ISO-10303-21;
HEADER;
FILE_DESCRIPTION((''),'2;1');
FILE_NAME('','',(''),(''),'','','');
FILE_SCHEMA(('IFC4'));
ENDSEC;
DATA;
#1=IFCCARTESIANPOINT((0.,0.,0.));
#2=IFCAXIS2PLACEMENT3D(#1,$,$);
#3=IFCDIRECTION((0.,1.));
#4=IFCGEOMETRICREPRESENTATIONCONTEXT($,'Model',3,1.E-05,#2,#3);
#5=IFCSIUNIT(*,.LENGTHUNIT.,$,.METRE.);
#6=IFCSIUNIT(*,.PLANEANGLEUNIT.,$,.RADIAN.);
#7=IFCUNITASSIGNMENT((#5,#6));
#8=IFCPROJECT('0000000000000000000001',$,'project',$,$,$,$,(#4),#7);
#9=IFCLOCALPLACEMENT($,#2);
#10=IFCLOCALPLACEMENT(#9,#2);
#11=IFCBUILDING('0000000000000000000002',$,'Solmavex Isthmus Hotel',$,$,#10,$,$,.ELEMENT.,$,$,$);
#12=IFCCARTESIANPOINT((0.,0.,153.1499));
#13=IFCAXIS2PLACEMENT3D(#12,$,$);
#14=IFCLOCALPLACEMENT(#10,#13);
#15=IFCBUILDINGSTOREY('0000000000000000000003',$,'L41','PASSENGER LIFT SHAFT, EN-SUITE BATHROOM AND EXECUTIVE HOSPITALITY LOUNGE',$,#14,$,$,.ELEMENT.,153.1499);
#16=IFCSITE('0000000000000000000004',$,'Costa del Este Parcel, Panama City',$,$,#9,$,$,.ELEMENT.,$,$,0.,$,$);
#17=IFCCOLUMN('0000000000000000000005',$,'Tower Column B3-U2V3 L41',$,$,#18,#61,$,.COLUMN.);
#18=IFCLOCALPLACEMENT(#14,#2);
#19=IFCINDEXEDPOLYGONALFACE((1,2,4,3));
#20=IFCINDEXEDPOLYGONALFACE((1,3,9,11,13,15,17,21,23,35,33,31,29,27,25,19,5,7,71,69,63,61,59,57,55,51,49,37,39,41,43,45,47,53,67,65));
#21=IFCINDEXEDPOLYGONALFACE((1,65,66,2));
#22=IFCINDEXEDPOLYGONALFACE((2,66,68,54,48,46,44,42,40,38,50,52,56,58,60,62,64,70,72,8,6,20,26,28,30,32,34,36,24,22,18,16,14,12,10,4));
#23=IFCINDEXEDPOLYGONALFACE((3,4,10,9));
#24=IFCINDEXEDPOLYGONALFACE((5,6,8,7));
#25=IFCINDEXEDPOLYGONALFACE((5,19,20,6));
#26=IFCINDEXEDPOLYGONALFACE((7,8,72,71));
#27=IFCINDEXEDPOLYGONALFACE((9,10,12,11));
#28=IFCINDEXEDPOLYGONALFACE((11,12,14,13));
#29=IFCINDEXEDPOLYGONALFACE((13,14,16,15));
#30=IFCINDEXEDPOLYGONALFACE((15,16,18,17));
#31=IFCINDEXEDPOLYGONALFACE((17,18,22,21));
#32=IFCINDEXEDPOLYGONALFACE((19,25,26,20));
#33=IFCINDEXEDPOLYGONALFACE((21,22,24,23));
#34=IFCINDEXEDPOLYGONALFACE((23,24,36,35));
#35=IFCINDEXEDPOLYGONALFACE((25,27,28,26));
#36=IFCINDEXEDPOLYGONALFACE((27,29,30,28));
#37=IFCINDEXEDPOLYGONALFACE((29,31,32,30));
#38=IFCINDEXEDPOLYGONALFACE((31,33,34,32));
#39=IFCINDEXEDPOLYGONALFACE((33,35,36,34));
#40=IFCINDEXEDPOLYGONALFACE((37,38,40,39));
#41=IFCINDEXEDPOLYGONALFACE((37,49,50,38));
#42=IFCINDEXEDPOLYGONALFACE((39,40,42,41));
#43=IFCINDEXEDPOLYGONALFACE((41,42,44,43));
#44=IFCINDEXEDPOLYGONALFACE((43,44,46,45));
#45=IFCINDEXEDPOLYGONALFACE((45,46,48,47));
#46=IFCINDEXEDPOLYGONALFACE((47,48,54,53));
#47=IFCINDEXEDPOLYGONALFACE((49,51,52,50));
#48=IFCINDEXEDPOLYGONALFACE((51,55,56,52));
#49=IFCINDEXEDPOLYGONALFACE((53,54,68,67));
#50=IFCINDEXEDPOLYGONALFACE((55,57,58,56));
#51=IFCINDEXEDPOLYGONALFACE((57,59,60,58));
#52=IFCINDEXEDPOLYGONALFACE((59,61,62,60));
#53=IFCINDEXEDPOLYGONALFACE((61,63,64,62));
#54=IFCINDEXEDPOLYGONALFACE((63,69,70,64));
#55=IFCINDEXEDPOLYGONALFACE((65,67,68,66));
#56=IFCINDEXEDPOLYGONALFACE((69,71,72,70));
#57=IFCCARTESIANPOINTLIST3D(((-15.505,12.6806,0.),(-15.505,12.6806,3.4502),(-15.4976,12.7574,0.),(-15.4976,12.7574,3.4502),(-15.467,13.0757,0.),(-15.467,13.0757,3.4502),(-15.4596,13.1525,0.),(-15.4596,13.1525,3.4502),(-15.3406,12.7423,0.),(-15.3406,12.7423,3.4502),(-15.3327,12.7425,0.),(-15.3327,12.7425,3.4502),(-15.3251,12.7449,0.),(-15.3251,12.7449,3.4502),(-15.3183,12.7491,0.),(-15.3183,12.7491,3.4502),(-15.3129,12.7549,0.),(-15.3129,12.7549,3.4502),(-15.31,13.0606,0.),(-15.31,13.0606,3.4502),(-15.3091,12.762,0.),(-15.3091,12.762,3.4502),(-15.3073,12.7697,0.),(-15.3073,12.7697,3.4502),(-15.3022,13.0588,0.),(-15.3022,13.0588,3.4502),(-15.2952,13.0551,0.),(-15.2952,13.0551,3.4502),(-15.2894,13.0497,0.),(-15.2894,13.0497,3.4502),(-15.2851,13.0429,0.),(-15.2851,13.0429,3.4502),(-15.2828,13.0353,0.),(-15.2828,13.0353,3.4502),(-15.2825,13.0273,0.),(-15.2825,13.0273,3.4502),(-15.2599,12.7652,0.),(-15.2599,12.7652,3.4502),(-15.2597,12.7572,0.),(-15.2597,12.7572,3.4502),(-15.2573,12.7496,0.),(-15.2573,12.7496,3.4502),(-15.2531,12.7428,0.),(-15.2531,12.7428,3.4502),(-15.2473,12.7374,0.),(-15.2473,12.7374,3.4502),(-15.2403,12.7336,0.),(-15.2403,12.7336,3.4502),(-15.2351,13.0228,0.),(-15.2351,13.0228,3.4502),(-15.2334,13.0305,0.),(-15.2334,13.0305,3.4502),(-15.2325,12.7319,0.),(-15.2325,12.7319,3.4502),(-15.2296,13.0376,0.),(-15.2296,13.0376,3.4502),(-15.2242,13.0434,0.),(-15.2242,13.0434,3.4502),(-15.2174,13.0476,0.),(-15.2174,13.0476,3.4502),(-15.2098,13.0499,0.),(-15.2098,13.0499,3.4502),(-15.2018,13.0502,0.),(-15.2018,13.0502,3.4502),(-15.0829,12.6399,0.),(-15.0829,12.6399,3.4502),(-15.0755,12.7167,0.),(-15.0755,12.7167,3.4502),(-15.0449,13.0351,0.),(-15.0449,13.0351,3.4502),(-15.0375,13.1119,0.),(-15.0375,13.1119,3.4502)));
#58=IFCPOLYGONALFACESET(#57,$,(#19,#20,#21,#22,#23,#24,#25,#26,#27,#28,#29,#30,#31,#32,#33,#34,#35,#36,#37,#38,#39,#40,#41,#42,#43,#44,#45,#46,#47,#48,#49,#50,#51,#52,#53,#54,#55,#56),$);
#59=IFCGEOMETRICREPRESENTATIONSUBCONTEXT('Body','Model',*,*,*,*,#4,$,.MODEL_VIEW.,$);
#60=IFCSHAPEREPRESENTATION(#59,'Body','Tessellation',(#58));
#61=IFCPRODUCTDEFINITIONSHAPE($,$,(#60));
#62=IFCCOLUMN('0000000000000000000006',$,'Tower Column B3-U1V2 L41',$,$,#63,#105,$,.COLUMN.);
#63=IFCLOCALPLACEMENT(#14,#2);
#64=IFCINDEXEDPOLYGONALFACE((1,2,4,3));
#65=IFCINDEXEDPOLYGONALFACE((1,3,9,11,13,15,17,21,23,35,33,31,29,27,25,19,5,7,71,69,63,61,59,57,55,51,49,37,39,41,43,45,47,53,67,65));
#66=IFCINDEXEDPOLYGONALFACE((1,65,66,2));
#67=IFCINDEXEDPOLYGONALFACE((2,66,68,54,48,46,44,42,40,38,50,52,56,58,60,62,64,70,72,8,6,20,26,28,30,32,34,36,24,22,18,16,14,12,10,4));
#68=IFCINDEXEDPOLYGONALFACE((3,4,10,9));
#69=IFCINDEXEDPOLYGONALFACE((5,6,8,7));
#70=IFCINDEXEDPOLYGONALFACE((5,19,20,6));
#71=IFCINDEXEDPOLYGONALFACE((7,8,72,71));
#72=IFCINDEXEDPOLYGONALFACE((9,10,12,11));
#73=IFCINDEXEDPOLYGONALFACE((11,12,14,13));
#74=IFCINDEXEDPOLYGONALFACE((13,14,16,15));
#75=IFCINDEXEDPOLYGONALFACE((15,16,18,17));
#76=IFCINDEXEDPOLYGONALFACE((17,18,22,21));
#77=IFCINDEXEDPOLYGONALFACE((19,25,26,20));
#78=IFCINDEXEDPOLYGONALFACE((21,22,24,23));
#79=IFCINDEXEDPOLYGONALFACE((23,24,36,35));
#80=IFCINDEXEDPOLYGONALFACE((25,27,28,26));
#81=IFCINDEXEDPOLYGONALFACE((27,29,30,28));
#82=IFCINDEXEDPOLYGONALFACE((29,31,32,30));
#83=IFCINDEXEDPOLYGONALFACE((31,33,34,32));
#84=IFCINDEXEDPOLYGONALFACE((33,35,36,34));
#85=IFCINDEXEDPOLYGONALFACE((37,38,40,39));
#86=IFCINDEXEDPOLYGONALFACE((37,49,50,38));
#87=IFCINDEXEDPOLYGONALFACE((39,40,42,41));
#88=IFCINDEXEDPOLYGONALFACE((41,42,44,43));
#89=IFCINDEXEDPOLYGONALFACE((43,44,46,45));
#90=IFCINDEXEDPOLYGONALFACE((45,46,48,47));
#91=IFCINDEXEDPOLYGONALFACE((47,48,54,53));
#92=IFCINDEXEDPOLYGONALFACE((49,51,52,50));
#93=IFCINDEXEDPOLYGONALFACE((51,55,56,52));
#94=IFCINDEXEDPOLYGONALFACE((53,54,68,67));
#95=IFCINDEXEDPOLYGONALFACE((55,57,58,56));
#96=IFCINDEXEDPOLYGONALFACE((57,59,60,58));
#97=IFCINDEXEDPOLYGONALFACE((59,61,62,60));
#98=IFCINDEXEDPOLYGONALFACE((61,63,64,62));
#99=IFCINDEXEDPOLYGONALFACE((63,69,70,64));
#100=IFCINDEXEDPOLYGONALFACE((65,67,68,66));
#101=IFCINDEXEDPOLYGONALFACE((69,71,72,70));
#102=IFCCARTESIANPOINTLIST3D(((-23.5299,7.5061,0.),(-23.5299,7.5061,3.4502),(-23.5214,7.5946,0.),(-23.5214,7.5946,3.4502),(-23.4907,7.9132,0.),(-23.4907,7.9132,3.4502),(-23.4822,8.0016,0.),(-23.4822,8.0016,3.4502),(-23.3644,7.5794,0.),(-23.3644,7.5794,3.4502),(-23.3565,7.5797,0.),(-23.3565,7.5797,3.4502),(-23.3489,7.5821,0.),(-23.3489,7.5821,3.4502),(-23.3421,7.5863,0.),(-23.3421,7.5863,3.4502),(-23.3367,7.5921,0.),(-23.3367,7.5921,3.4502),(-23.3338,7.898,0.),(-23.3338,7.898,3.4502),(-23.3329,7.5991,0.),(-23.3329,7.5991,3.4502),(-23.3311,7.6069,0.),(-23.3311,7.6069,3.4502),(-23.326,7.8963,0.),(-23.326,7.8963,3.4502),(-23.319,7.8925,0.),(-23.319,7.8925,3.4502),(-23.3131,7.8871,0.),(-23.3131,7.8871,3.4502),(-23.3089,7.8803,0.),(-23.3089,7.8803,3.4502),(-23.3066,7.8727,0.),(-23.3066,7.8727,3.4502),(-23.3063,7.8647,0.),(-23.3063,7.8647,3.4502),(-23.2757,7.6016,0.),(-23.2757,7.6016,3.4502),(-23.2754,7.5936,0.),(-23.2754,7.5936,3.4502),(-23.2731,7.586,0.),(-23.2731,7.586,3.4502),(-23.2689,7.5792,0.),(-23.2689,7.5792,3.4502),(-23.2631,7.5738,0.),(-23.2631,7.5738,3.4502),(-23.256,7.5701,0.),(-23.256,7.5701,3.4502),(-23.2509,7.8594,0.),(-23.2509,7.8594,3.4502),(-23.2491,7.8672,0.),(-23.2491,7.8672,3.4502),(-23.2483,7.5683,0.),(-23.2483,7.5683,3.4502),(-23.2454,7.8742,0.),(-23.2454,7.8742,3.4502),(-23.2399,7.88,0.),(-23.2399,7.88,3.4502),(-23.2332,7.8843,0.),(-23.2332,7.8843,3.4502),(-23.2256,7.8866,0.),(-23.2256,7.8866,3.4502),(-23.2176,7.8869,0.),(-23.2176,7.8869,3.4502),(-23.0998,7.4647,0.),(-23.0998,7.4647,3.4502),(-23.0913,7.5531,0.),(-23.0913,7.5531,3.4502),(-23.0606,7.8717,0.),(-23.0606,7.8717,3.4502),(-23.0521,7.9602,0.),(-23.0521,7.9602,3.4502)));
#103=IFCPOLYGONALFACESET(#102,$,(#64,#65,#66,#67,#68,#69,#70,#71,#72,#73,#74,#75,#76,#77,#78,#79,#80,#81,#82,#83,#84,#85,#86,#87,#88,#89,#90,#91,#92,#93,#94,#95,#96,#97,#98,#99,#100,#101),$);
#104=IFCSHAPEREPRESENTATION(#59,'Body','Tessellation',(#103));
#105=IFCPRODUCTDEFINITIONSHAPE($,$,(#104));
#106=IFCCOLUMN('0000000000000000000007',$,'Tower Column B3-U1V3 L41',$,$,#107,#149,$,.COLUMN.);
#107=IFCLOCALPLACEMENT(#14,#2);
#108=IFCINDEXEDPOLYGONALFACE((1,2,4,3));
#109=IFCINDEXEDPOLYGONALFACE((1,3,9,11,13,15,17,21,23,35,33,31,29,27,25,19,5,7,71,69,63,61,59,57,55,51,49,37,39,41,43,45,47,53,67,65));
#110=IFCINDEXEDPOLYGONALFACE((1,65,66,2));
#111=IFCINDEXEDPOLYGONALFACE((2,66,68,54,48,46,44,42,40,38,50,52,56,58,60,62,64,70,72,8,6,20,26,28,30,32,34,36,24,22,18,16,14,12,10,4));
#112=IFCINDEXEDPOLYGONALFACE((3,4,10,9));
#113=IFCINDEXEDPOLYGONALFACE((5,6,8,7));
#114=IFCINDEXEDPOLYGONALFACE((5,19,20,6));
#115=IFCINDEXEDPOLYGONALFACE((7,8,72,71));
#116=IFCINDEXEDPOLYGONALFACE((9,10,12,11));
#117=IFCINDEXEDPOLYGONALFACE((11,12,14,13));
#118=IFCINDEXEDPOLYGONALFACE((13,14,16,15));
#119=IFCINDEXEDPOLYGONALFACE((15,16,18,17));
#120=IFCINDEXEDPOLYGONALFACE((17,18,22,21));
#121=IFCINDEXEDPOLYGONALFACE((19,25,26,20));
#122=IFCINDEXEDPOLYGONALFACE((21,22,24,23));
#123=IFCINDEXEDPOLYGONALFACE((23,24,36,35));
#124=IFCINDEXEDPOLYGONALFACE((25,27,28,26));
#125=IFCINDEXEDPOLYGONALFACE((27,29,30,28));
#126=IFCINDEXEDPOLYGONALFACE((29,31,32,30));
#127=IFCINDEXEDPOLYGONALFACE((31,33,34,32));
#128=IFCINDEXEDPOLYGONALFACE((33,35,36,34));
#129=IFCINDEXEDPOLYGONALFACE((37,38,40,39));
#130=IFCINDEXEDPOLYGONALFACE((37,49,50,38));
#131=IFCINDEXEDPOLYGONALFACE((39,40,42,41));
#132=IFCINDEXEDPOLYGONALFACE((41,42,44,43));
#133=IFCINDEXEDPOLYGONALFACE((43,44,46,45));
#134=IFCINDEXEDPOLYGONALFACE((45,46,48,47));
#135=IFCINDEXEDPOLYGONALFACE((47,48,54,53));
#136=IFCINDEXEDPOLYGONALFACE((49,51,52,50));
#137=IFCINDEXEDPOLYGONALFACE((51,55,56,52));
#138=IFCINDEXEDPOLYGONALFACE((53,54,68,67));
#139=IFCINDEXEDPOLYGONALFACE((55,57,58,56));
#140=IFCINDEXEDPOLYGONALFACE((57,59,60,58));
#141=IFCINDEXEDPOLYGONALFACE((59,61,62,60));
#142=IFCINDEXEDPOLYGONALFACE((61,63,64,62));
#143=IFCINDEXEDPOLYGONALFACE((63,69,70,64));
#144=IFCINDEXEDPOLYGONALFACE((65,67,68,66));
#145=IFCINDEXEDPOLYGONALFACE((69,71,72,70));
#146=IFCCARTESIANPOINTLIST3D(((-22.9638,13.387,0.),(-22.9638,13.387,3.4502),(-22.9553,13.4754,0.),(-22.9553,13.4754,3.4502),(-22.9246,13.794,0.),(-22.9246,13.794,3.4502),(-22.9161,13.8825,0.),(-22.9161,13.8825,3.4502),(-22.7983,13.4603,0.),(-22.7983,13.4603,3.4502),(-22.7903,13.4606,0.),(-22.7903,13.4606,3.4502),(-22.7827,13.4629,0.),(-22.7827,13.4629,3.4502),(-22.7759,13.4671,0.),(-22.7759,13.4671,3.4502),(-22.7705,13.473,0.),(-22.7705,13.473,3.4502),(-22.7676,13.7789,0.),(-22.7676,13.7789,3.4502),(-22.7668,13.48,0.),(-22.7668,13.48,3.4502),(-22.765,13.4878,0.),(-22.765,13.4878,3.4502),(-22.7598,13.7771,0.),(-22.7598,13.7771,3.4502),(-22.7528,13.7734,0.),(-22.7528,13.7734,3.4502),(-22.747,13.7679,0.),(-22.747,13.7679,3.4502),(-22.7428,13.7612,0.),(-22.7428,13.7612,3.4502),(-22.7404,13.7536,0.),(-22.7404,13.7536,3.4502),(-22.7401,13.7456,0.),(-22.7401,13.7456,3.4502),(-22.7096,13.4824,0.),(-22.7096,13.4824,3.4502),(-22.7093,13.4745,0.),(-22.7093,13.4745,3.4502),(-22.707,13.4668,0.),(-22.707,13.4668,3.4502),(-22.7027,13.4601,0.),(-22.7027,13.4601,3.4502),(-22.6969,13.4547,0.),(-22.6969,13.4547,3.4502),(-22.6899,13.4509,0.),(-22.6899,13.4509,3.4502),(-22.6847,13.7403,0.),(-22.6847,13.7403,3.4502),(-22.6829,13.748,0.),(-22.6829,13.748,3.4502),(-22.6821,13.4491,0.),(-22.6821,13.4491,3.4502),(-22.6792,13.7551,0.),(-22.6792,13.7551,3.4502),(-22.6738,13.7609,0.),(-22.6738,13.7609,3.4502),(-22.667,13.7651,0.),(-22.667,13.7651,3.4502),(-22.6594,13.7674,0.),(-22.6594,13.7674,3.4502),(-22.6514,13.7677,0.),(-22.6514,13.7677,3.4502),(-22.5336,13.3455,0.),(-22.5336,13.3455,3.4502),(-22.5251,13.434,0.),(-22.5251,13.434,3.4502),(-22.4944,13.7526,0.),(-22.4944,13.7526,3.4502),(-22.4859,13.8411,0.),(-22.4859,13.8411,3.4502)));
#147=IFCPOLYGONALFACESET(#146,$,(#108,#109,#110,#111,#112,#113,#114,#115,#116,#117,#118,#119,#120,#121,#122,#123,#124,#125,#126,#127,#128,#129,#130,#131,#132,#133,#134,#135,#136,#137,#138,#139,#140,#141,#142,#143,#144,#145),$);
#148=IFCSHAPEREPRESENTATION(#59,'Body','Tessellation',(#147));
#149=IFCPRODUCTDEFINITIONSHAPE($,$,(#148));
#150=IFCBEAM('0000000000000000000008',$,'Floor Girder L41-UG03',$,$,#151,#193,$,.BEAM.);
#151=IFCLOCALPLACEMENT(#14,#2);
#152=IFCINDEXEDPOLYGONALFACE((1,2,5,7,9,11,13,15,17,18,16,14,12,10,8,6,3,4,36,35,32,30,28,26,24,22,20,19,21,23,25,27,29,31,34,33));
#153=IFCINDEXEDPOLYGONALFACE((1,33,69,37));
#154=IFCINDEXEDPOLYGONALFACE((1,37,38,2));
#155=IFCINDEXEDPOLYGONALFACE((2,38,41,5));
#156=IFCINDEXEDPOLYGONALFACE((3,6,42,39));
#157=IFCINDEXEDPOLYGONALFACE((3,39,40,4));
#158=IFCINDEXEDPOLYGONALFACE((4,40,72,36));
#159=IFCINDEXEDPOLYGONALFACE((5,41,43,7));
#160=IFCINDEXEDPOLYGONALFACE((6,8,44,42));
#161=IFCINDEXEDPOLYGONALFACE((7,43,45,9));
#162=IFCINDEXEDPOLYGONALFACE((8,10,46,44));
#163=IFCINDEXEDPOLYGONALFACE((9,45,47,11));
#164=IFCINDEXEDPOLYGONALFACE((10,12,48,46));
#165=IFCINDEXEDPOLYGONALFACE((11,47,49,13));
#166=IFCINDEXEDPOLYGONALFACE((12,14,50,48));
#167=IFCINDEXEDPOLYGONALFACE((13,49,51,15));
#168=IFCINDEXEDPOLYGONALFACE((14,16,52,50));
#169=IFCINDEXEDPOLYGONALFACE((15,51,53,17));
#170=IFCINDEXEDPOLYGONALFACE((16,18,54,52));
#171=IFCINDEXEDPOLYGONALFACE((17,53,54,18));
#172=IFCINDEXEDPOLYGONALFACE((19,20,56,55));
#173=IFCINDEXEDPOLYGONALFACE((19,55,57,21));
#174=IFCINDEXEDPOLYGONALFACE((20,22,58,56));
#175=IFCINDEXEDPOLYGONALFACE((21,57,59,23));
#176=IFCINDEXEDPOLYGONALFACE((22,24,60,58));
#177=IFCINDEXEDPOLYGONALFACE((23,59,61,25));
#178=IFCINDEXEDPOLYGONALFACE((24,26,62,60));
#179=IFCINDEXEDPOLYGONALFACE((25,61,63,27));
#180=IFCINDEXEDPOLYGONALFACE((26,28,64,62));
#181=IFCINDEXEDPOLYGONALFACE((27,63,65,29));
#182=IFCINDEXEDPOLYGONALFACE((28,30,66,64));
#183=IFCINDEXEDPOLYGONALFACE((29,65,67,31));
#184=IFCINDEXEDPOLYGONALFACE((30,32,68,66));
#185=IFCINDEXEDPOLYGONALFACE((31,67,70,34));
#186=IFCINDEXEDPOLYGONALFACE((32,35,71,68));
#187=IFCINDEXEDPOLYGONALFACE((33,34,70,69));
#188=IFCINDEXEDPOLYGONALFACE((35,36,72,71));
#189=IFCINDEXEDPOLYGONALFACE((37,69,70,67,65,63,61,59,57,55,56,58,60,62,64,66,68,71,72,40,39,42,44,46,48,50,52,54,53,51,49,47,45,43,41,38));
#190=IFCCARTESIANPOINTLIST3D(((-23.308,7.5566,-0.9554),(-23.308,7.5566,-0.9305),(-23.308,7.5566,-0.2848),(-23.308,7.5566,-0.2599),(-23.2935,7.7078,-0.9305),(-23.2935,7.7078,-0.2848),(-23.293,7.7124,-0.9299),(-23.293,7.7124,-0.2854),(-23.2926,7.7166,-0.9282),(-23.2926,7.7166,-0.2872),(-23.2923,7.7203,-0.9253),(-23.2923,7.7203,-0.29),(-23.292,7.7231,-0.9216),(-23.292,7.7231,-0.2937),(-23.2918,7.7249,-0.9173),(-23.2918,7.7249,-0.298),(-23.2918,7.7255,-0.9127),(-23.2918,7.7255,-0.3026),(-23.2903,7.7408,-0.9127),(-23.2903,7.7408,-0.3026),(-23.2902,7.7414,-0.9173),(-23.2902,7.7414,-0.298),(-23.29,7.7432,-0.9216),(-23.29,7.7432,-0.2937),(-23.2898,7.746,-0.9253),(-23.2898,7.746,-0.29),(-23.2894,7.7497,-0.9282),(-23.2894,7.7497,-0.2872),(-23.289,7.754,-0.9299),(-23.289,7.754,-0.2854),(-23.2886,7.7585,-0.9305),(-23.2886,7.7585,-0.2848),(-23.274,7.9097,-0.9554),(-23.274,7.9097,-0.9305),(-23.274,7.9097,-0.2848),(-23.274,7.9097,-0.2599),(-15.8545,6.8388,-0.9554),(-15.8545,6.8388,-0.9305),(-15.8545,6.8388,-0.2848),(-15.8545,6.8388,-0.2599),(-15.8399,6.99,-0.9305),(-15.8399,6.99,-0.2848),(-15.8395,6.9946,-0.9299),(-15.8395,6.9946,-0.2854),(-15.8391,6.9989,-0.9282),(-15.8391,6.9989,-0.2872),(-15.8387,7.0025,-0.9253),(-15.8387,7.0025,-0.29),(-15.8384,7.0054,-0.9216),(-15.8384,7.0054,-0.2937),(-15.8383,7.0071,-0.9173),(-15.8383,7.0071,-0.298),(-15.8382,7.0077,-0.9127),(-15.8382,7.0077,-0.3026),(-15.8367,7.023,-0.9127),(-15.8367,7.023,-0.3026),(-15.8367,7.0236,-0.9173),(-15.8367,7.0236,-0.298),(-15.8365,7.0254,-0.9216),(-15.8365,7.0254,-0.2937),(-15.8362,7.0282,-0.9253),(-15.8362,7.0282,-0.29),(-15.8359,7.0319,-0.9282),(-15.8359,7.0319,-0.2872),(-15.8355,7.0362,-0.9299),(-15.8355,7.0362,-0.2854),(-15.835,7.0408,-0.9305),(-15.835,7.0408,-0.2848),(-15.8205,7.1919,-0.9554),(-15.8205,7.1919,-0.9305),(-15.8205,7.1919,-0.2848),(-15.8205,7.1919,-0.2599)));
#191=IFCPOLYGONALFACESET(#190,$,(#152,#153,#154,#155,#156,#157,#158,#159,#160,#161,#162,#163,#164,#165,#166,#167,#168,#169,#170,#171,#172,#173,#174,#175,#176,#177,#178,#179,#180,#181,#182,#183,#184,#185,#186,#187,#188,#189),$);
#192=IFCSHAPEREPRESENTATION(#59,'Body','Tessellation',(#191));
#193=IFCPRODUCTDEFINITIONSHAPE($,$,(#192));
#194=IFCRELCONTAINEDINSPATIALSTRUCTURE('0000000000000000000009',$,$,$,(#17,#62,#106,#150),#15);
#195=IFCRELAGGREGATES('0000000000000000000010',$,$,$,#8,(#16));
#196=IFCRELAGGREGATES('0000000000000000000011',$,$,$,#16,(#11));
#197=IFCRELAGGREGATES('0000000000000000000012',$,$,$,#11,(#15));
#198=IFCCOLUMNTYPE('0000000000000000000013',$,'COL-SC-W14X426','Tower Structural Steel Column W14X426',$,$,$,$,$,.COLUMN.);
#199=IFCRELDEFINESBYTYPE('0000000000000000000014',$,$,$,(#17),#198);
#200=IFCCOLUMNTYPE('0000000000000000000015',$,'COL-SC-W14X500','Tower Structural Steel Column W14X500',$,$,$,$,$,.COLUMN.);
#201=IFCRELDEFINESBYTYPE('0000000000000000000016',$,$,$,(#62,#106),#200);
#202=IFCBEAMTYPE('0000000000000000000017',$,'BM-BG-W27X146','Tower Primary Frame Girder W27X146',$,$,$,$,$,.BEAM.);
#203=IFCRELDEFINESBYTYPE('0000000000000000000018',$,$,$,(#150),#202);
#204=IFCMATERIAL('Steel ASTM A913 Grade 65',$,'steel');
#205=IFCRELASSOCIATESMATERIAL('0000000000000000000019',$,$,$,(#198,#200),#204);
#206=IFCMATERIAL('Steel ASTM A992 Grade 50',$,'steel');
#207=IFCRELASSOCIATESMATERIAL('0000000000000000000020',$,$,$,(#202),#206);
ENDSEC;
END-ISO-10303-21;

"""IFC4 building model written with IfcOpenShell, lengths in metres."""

from ifc_helpers import new_model, si_unit, direction, frame, origin, origin_2d, place, context, subcontext, project, spatial, i_section, extrude, material, material_profile, profile_set, type_object, element, save


model = new_model("IFC4")

# Units and contexts
model_context = context("Model", 3, precision=1e-05, world=origin(), true_north=direction((0.0, 1.0)))
body_context = subcontext(model_context, "Body", "Model", "MODEL_VIEW")
ifc_project = project(units=[si_unit("LENGTHUNIT", "METRE"), si_unit("PLANEANGLEUNIT", "RADIAN")], contexts=[model_context])

# Site, building, storey
site_placement = place(None, origin())
site = spatial("IfcSite", under=ifc_project, at=site_placement, Name="Costa del Este Parcel, Panama City", CompositionType="ELEMENT", RefElevation=0.0)
building_placement = place(site_placement, origin())
building = spatial("IfcBuilding", under=site, at=building_placement, Name="Solmavex Isthmus Hotel", CompositionType="ELEMENT")
storey_placement = place(building_placement, frame((0.0, 0.0, 153.1499)))
storey = spatial("IfcBuildingStorey", under=building, at=storey_placement, Name="L41", Description="PASSENGER LIFT SHAFT, EN-SUITE BATHROOM AND EXECUTIVE HOSPITALITY LOUNGE", CompositionType="ELEMENT", Elevation=153.1499)

# Columns
ifc_material_1 = material(Name="Steel ASTM A913 Grade 65", Category="steel")
ifc_material_profile_1 = material_profile(ifc_material_1, i_section(OverallWidth=0.4241, OverallDepth=0.4741, WebThickness=0.0476, FlangeThickness=0.0771, FilletRadius=0.0305, at=origin_2d()), Name="W14X426")
ifc_profile_set_1 = profile_set([ifc_material_profile_1], Name="Steel ASTM A913 Grade 65")
column_type_1 = type_object("IfcColumnType", Name="COL-SC-W14X426", Description="Tower Structural Steel Column W14X426", PredefinedType="COLUMN", material=ifc_profile_set_1)
column_placement = place(storey_placement, frame((-15.2712, 12.8962, 0.0), z_axis=(0.0, 0.0, 1.0), x_axis=(0.995396, -0.095846, 0.0)))
element("IfcColumn", 1, at=column_placement, inside=storey, type_object=column_type_1, Name="Tower Column B3-U2V3 L41", PredefinedType="COLUMN", context=body_context, shape_type="SweptSolid", body=[
    extrude(i_section(OverallWidth=0.4241, OverallDepth=0.4741, WebThickness=0.0476, FlangeThickness=0.0771, FilletRadius=0.0305, at=origin_2d()), origin(), (0.0, 0.0, 1.0), 3.4502),
])
ifc_material_profile_2 = material_profile(ifc_material_1, i_section(OverallWidth=0.4321, OverallDepth=0.4978, WebThickness=0.0557, FlangeThickness=0.0889, FilletRadius=0.0305, at=origin_2d()), Name="W14X500")
ifc_profile_set_2 = profile_set([ifc_material_profile_2], Name="Steel ASTM A913 Grade 65")
column_type_2 = type_object("IfcColumnType", Name="COL-SC-W14X500", Description="Tower Structural Steel Column W14X500", PredefinedType="COLUMN", material=ifc_profile_set_2)
for number, where, z_axis, x_axis, name in (
    (2, (-23.291, 7.7332, 0.0), (0.0, 0.0, 1.0), (0.995396, -0.095846, 0.0), "Tower Column B3-U1V2 L41"),
    (3, (-22.7249, 13.614, 0.0), (0.0, 0.0, 1.0), (0.995396, -0.095846, 0.0), "Tower Column B3-U1V3 L41"),
):
    element("IfcColumn", number, at=place(storey_placement, frame(where, z_axis=z_axis, x_axis=x_axis)), inside=storey, type_object=column_type_2, Name=name, PredefinedType="COLUMN", context=body_context, shape_type="SweptSolid", body=[
        extrude(i_section(OverallWidth=0.4321, OverallDepth=0.4978, WebThickness=0.0557, FlangeThickness=0.0889, FilletRadius=0.0305, at=origin_2d()), origin(), (0.0, 0.0, 1.0), 3.4502),
    ])

# Beam
ifc_material_2 = material(Name="Steel ASTM A992 Grade 50", Category="steel")
ifc_material_profile_3 = material_profile(ifc_material_2, i_section(OverallWidth=0.3547, OverallDepth=0.6956, WebThickness=0.0154, FlangeThickness=0.0249, FilletRadius=0.0178, at=origin_2d()), Name="W27X146")
ifc_profile_set_3 = profile_set([ifc_material_profile_3], Name="Steel ASTM A992 Grade 50")
beam_type_1 = type_object("IfcBeamType", Name="BM-BG-W27X146", Description="Tower Primary Frame Girder W27X146", PredefinedType="BEAM", material=ifc_profile_set_3)
for number, where, z_axis, x_axis, name in (
    (4, (-23.291, 7.7332, -0.6077), (0.995395, -0.095855, 0.0), (0.095855, 0.995395, 0.0), "Floor Girder L41-UG03"),
):
    element("IfcBeam", number, at=place(storey_placement, frame(where, z_axis=z_axis, x_axis=x_axis)), inside=storey, type_object=beam_type_1, Name=name, PredefinedType="BEAM", context=body_context, shape_type="SweptSolid", body=[
        extrude(i_section(OverallWidth=0.3547, OverallDepth=0.6956, WebThickness=0.0154, FlangeThickness=0.0249, FilletRadius=0.0178, at=origin_2d()), origin(), (0.0, 0.0, 1.0), 7.488),
    ])

save(model, "model.ifc")
